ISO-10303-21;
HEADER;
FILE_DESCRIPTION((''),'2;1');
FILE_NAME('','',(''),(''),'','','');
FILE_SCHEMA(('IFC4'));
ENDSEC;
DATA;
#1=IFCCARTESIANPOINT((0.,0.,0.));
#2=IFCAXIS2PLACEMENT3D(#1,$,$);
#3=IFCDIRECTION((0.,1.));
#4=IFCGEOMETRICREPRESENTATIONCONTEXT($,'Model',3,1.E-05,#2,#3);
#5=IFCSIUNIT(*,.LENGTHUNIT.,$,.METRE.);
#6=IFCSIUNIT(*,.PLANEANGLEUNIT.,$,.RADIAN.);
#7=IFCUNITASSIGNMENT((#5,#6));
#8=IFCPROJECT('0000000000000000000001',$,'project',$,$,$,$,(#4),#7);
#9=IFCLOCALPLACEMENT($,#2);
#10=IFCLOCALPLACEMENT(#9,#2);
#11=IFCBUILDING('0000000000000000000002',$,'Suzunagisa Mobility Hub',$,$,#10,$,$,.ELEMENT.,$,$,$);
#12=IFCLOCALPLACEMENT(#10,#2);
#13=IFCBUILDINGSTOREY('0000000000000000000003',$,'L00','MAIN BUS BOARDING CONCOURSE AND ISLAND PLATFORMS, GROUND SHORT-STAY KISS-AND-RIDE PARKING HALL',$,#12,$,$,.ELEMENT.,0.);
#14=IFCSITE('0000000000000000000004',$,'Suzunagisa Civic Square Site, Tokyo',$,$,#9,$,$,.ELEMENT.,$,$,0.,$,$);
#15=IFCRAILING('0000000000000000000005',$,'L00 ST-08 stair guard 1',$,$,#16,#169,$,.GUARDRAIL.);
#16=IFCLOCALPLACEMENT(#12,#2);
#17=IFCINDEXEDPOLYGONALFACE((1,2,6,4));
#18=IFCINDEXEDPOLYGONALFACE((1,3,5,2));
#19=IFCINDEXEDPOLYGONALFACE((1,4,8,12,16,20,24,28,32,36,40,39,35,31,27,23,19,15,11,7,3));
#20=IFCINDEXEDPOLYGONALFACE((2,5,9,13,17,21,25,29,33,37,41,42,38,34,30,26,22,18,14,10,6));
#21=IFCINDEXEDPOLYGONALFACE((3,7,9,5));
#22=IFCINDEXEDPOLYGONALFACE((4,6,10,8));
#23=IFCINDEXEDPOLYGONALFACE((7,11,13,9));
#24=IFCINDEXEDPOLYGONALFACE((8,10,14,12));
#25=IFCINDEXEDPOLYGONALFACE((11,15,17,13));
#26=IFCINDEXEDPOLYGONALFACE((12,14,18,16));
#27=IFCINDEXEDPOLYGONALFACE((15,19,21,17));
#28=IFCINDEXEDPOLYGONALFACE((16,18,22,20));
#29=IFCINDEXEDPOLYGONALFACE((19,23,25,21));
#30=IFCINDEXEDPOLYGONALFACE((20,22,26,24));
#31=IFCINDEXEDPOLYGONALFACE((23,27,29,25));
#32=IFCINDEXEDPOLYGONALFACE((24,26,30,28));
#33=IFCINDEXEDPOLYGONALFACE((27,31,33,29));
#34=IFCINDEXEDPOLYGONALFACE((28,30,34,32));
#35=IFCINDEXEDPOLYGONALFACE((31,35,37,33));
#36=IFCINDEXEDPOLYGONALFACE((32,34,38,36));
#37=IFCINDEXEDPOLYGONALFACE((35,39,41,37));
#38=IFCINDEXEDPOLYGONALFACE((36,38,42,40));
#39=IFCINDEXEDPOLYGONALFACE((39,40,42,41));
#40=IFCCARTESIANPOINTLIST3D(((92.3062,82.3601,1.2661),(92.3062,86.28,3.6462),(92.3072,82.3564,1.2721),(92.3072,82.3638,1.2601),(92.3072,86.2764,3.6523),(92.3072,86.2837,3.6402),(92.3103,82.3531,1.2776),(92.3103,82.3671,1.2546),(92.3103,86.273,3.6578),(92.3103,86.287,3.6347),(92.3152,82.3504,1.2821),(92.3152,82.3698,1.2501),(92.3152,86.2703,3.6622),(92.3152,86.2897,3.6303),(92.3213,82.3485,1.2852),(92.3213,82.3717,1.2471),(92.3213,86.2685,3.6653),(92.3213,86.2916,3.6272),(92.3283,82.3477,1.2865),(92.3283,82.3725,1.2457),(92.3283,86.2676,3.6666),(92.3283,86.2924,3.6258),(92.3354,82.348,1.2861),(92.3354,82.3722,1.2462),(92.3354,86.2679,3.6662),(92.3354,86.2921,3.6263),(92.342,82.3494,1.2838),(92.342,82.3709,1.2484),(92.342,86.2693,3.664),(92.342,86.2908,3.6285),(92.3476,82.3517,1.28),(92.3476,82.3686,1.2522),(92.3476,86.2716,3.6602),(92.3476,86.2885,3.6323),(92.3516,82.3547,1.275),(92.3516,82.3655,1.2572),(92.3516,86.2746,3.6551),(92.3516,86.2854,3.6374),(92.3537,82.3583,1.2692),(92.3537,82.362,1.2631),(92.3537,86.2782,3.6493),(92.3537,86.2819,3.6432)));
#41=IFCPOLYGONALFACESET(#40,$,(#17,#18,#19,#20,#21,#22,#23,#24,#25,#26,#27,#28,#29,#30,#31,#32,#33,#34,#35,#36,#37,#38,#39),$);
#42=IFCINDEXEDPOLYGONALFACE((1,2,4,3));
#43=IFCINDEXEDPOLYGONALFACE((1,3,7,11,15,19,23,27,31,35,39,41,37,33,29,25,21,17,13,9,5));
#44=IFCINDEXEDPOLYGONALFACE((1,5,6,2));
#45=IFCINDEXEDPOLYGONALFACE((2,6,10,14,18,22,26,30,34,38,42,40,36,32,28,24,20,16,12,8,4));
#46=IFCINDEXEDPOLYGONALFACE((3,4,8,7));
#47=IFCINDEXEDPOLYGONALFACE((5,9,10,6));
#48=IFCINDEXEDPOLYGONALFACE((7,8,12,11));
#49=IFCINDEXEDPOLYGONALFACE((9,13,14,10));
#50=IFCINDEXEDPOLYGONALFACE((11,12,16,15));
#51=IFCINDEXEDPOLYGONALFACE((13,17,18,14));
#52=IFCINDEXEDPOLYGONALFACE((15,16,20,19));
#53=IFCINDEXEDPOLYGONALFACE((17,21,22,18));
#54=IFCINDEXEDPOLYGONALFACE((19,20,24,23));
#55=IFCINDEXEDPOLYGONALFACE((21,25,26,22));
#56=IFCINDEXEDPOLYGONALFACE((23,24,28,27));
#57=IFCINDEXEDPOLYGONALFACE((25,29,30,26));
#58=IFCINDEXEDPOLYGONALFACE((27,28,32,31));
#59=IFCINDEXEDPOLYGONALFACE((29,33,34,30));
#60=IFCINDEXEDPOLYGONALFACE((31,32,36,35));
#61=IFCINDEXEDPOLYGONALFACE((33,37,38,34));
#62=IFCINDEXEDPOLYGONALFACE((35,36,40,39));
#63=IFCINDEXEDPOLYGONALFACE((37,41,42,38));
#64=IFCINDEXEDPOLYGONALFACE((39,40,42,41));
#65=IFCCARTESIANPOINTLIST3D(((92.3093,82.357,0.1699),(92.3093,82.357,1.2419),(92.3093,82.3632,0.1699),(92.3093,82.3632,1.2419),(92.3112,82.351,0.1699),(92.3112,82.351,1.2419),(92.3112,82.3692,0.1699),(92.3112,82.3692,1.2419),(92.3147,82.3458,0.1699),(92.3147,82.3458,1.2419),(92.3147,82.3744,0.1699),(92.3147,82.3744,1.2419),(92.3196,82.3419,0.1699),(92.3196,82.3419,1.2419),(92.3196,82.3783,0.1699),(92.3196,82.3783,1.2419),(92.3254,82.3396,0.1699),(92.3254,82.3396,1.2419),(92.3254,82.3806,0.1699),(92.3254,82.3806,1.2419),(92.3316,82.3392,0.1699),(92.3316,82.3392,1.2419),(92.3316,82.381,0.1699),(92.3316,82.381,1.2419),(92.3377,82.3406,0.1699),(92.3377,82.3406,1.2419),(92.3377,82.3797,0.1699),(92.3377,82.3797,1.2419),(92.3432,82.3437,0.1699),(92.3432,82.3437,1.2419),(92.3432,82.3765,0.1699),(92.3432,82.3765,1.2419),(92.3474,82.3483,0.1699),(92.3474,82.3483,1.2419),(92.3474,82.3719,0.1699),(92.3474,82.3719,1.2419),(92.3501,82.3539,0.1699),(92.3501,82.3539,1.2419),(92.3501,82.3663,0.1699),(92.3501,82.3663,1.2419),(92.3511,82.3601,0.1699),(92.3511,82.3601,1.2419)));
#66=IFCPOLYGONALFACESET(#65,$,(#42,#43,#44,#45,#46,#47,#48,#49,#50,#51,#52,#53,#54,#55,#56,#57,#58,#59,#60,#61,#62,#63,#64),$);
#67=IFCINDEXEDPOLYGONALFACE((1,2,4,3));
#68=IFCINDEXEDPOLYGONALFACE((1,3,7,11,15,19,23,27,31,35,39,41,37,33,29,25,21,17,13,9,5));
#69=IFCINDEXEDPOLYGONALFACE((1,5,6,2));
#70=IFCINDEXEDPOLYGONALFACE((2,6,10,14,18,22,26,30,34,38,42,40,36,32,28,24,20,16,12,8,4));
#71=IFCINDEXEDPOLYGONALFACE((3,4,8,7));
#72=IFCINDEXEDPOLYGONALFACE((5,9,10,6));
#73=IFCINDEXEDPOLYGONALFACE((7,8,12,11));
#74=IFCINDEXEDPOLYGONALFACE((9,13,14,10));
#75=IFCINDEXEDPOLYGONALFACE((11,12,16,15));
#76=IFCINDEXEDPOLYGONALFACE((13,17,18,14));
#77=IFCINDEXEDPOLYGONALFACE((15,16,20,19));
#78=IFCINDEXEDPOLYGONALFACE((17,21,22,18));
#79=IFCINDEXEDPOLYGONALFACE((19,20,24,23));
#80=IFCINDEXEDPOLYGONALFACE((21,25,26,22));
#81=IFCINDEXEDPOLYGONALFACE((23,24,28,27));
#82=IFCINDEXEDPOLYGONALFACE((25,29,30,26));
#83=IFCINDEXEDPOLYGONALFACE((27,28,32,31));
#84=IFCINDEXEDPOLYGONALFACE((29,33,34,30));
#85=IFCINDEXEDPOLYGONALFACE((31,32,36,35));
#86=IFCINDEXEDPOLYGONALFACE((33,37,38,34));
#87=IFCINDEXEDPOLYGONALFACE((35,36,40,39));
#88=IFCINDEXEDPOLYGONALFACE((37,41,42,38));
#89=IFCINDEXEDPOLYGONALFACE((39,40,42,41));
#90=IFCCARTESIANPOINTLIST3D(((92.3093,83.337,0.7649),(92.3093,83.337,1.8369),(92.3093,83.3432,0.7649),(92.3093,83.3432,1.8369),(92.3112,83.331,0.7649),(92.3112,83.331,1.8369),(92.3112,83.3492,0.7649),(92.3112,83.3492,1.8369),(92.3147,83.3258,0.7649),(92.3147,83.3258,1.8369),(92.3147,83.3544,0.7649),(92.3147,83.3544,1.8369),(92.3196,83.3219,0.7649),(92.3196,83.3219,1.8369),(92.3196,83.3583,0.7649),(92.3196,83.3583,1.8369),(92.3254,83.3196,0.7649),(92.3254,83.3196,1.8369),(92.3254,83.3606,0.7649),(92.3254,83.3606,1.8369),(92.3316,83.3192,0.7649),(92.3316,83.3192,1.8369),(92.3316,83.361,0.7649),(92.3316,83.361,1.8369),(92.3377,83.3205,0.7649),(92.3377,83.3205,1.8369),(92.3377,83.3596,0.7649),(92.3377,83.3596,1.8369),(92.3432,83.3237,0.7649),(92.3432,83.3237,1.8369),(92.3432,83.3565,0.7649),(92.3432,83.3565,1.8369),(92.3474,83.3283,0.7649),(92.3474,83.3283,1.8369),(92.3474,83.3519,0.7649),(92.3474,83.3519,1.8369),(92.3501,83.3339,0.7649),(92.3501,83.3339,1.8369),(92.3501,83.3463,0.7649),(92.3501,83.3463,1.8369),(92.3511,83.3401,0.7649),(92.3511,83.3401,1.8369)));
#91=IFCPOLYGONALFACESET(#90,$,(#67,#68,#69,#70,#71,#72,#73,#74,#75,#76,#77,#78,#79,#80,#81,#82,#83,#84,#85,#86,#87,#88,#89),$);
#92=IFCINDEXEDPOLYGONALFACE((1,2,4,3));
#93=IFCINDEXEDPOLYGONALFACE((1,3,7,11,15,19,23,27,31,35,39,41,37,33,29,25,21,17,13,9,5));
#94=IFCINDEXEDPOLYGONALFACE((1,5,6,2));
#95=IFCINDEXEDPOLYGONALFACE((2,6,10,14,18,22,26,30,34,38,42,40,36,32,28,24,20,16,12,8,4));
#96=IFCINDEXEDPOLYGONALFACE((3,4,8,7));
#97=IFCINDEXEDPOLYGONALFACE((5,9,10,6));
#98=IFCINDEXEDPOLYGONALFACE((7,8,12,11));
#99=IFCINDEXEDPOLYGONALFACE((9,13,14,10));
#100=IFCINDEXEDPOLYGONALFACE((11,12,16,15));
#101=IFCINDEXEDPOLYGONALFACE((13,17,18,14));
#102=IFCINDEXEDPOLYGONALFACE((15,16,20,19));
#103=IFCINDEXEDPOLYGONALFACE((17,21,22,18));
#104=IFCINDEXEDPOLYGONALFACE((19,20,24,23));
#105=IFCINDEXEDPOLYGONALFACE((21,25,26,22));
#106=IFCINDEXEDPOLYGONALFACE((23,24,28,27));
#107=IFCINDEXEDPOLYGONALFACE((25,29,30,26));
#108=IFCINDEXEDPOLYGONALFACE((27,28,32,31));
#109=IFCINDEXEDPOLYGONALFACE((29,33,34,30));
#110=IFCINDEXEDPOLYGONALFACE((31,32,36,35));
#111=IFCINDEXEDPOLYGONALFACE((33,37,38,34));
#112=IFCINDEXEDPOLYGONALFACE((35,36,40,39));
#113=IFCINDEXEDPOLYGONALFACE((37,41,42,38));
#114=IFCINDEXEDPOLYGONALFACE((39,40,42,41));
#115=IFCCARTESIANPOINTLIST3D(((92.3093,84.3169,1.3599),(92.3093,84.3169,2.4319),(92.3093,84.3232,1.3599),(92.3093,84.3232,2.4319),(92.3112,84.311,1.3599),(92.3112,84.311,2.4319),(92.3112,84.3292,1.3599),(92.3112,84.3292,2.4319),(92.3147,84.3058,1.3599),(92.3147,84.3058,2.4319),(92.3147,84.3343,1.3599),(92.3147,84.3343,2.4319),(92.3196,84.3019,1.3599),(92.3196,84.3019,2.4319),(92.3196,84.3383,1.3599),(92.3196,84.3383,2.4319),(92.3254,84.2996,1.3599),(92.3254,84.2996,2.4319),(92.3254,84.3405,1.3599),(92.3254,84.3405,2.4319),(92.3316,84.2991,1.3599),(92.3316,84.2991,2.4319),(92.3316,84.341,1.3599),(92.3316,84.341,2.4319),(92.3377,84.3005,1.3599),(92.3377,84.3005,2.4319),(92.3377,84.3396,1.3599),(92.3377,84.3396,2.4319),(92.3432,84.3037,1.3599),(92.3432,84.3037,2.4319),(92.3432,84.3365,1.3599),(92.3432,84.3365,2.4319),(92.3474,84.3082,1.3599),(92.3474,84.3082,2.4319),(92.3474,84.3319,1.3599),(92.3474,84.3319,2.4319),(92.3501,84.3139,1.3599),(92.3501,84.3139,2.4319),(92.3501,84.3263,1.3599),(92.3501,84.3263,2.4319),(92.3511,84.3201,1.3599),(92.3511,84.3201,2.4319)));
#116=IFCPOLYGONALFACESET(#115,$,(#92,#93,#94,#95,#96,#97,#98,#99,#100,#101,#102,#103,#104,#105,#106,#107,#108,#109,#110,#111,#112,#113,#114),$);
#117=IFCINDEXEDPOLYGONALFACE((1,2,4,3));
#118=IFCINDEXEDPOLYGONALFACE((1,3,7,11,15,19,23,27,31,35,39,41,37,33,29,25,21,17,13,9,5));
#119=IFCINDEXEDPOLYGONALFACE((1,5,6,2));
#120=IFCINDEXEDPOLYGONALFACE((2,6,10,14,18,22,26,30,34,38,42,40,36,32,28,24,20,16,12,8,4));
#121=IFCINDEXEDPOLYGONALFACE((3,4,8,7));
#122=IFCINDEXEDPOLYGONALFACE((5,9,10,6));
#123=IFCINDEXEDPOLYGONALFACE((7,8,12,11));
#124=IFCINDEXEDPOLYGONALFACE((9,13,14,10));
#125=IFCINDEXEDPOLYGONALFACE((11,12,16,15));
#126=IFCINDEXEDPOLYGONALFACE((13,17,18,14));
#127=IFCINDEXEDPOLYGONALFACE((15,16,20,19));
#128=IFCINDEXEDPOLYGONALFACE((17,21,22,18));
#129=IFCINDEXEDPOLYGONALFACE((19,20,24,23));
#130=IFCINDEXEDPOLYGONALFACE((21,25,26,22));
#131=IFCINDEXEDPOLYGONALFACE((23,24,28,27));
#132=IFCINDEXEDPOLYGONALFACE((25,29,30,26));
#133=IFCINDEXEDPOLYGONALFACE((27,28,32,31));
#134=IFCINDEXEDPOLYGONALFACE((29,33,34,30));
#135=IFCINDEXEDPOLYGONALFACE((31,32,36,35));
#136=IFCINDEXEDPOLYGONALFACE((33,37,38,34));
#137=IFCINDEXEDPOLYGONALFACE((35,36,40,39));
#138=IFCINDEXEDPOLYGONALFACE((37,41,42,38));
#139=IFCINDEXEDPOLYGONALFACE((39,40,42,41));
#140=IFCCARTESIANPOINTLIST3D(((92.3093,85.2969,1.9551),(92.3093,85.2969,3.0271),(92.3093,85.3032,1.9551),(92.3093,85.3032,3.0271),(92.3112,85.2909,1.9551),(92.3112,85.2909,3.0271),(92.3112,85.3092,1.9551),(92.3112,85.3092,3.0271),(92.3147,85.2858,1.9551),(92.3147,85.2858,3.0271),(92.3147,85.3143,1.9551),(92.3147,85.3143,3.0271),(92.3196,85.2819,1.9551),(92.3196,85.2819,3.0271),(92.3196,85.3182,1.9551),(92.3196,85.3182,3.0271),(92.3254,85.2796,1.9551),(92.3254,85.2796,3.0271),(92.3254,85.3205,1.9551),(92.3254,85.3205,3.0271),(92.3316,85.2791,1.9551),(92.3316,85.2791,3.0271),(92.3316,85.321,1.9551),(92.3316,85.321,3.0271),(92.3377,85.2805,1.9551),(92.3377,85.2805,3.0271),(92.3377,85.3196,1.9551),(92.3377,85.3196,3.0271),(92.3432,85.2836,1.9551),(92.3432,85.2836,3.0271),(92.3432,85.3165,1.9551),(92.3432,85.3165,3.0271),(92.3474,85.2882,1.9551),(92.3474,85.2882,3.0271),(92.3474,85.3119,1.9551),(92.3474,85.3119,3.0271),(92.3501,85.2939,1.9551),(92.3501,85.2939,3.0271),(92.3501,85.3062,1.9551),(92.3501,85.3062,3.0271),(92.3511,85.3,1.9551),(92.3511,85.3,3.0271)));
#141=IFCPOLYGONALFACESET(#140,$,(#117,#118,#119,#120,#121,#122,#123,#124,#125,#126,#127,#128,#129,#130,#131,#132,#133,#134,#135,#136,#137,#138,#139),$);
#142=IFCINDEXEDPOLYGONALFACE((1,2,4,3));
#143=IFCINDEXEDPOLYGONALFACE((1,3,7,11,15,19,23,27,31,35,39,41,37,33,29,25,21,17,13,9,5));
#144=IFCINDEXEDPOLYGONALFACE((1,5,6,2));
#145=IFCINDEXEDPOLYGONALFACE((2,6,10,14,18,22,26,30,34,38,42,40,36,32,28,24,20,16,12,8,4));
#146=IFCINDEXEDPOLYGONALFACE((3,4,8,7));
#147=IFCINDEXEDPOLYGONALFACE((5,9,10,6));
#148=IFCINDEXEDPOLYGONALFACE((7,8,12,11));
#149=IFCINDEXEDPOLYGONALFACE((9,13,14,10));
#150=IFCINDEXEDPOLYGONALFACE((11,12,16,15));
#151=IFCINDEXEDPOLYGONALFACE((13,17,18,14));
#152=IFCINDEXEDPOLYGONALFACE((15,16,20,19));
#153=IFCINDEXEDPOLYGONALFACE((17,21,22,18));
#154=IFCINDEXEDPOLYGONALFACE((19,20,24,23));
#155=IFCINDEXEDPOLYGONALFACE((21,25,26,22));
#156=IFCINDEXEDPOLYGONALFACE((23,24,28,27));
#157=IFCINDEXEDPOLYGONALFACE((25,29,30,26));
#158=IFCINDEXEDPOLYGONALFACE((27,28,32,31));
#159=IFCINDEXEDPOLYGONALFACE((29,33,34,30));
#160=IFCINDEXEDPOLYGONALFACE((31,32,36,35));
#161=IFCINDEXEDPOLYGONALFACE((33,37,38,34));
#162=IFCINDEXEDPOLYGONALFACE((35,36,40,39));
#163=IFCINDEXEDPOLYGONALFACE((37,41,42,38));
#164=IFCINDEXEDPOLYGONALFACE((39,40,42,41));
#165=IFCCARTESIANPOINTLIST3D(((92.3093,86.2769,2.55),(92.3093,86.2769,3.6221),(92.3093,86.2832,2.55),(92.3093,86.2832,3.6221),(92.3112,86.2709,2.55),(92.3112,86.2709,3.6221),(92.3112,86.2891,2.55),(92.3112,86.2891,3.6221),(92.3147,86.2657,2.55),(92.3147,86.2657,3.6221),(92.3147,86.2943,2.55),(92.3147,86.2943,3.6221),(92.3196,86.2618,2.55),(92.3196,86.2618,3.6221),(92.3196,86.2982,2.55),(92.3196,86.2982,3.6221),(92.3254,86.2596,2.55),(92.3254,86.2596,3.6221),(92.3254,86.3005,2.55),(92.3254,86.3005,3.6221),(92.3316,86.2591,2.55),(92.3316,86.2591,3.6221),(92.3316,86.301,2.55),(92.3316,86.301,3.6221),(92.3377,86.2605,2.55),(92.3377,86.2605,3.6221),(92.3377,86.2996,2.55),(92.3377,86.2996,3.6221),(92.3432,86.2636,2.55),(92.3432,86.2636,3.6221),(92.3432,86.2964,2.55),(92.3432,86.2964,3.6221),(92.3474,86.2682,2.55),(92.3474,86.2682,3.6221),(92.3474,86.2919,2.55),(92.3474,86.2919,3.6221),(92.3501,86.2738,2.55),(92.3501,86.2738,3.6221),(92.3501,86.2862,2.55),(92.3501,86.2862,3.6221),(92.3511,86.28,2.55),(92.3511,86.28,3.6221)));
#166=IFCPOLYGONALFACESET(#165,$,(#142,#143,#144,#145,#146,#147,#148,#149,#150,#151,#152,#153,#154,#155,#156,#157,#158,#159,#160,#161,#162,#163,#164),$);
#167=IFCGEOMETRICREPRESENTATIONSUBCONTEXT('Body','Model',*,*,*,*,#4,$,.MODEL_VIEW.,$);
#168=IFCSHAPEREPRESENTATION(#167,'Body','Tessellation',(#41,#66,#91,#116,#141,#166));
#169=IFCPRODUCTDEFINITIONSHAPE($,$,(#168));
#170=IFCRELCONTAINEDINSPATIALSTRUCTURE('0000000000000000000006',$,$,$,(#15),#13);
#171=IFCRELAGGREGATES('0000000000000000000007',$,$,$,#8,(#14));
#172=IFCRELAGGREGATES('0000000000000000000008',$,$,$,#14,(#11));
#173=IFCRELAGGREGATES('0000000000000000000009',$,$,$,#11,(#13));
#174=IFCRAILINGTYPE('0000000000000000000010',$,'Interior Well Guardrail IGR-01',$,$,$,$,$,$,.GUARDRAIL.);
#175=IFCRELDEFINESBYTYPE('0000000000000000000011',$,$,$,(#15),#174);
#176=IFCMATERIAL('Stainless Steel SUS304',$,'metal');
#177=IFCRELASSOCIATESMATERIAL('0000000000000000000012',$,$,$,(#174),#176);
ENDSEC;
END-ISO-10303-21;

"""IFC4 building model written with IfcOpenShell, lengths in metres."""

from ifc_helpers import new_model, si_unit, direction, frame, origin, origin_2d, place, context, subcontext, project, spatial, circle, extrude, material, type_object, element, save


model = new_model("IFC4")

# Units and contexts
model_context = context("Model", 3, precision=1e-05, world=origin(), true_north=direction((0.0, 1.0)))
body_context = subcontext(model_context, "Body", "Model", "MODEL_VIEW")
ifc_project = project(units=[si_unit("LENGTHUNIT", "METRE"), si_unit("PLANEANGLEUNIT", "RADIAN")], contexts=[model_context])

# Site, building, storey
site_placement = place(None, origin())
site = spatial("IfcSite", under=ifc_project, at=site_placement, Name="Suzunagisa Civic Square Site, Tokyo", CompositionType="ELEMENT", RefElevation=0.0)
building_placement = place(site_placement, origin())
building = spatial("IfcBuilding", under=site, at=building_placement, Name="Suzunagisa Mobility Hub", CompositionType="ELEMENT")
storey_placement = place(building_placement, origin())
storey = spatial("IfcBuildingStorey", under=building, at=storey_placement, Name="L00", Description="MAIN BUS BOARDING CONCOURSE AND ISLAND PLATFORMS, GROUND SHORT-STAY KISS-AND-RIDE PARKING HALL", CompositionType="ELEMENT", Elevation=0.0)

# Railing
ifc_material_1 = material(Name="Stainless Steel SUS304", Category="metal")
railing_type_1 = type_object("IfcRailingType", Name="Interior Well Guardrail IGR-01", PredefinedType="GUARDRAIL", material=ifc_material_1)
railing_1_placement = place(storey_placement, frame((92.3301, 82.3601, 0.1699)))
element("IfcRailing", 1, at=railing_1_placement, inside=storey, type_object=railing_type_1, Name="L00 ST-08 stair guard 1", PredefinedType="GUARDRAIL", context=body_context, shape_type="SweptSolid", body=[
    extrude(circle(Radius=0.0239, at=origin_2d()), frame((0.0, 0.0, 1.0962), z_axis=(0.0, 0.854771, 0.519006), x_axis=(-1.0, 0.0, 0.0)), (0.0, 0.0, 1.0), 4.5859),
    extrude(circle(Radius=0.021, at=origin_2d()), origin(), (0.0, 0.0, 1.0), 1.072),
    extrude(circle(Radius=0.021, at=origin_2d()), frame((0.0, 0.98, 0.595)), (0.0, 0.0, 1.0), 1.072),
    extrude(circle(Radius=0.021, at=origin_2d()), frame((0.0, 1.96, 1.1899)), (0.0, 0.0, 1.0), 1.072),
    extrude(circle(Radius=0.021, at=origin_2d()), frame((0.0, 2.9399, 1.7852)), (0.0, 0.0, 1.0), 1.072),
    extrude(circle(Radius=0.021, at=origin_2d()), frame((0.0, 3.9199, 2.3801)), (0.0, 0.0, 1.0), 1.072),
])

save(model, "model.ifc")
